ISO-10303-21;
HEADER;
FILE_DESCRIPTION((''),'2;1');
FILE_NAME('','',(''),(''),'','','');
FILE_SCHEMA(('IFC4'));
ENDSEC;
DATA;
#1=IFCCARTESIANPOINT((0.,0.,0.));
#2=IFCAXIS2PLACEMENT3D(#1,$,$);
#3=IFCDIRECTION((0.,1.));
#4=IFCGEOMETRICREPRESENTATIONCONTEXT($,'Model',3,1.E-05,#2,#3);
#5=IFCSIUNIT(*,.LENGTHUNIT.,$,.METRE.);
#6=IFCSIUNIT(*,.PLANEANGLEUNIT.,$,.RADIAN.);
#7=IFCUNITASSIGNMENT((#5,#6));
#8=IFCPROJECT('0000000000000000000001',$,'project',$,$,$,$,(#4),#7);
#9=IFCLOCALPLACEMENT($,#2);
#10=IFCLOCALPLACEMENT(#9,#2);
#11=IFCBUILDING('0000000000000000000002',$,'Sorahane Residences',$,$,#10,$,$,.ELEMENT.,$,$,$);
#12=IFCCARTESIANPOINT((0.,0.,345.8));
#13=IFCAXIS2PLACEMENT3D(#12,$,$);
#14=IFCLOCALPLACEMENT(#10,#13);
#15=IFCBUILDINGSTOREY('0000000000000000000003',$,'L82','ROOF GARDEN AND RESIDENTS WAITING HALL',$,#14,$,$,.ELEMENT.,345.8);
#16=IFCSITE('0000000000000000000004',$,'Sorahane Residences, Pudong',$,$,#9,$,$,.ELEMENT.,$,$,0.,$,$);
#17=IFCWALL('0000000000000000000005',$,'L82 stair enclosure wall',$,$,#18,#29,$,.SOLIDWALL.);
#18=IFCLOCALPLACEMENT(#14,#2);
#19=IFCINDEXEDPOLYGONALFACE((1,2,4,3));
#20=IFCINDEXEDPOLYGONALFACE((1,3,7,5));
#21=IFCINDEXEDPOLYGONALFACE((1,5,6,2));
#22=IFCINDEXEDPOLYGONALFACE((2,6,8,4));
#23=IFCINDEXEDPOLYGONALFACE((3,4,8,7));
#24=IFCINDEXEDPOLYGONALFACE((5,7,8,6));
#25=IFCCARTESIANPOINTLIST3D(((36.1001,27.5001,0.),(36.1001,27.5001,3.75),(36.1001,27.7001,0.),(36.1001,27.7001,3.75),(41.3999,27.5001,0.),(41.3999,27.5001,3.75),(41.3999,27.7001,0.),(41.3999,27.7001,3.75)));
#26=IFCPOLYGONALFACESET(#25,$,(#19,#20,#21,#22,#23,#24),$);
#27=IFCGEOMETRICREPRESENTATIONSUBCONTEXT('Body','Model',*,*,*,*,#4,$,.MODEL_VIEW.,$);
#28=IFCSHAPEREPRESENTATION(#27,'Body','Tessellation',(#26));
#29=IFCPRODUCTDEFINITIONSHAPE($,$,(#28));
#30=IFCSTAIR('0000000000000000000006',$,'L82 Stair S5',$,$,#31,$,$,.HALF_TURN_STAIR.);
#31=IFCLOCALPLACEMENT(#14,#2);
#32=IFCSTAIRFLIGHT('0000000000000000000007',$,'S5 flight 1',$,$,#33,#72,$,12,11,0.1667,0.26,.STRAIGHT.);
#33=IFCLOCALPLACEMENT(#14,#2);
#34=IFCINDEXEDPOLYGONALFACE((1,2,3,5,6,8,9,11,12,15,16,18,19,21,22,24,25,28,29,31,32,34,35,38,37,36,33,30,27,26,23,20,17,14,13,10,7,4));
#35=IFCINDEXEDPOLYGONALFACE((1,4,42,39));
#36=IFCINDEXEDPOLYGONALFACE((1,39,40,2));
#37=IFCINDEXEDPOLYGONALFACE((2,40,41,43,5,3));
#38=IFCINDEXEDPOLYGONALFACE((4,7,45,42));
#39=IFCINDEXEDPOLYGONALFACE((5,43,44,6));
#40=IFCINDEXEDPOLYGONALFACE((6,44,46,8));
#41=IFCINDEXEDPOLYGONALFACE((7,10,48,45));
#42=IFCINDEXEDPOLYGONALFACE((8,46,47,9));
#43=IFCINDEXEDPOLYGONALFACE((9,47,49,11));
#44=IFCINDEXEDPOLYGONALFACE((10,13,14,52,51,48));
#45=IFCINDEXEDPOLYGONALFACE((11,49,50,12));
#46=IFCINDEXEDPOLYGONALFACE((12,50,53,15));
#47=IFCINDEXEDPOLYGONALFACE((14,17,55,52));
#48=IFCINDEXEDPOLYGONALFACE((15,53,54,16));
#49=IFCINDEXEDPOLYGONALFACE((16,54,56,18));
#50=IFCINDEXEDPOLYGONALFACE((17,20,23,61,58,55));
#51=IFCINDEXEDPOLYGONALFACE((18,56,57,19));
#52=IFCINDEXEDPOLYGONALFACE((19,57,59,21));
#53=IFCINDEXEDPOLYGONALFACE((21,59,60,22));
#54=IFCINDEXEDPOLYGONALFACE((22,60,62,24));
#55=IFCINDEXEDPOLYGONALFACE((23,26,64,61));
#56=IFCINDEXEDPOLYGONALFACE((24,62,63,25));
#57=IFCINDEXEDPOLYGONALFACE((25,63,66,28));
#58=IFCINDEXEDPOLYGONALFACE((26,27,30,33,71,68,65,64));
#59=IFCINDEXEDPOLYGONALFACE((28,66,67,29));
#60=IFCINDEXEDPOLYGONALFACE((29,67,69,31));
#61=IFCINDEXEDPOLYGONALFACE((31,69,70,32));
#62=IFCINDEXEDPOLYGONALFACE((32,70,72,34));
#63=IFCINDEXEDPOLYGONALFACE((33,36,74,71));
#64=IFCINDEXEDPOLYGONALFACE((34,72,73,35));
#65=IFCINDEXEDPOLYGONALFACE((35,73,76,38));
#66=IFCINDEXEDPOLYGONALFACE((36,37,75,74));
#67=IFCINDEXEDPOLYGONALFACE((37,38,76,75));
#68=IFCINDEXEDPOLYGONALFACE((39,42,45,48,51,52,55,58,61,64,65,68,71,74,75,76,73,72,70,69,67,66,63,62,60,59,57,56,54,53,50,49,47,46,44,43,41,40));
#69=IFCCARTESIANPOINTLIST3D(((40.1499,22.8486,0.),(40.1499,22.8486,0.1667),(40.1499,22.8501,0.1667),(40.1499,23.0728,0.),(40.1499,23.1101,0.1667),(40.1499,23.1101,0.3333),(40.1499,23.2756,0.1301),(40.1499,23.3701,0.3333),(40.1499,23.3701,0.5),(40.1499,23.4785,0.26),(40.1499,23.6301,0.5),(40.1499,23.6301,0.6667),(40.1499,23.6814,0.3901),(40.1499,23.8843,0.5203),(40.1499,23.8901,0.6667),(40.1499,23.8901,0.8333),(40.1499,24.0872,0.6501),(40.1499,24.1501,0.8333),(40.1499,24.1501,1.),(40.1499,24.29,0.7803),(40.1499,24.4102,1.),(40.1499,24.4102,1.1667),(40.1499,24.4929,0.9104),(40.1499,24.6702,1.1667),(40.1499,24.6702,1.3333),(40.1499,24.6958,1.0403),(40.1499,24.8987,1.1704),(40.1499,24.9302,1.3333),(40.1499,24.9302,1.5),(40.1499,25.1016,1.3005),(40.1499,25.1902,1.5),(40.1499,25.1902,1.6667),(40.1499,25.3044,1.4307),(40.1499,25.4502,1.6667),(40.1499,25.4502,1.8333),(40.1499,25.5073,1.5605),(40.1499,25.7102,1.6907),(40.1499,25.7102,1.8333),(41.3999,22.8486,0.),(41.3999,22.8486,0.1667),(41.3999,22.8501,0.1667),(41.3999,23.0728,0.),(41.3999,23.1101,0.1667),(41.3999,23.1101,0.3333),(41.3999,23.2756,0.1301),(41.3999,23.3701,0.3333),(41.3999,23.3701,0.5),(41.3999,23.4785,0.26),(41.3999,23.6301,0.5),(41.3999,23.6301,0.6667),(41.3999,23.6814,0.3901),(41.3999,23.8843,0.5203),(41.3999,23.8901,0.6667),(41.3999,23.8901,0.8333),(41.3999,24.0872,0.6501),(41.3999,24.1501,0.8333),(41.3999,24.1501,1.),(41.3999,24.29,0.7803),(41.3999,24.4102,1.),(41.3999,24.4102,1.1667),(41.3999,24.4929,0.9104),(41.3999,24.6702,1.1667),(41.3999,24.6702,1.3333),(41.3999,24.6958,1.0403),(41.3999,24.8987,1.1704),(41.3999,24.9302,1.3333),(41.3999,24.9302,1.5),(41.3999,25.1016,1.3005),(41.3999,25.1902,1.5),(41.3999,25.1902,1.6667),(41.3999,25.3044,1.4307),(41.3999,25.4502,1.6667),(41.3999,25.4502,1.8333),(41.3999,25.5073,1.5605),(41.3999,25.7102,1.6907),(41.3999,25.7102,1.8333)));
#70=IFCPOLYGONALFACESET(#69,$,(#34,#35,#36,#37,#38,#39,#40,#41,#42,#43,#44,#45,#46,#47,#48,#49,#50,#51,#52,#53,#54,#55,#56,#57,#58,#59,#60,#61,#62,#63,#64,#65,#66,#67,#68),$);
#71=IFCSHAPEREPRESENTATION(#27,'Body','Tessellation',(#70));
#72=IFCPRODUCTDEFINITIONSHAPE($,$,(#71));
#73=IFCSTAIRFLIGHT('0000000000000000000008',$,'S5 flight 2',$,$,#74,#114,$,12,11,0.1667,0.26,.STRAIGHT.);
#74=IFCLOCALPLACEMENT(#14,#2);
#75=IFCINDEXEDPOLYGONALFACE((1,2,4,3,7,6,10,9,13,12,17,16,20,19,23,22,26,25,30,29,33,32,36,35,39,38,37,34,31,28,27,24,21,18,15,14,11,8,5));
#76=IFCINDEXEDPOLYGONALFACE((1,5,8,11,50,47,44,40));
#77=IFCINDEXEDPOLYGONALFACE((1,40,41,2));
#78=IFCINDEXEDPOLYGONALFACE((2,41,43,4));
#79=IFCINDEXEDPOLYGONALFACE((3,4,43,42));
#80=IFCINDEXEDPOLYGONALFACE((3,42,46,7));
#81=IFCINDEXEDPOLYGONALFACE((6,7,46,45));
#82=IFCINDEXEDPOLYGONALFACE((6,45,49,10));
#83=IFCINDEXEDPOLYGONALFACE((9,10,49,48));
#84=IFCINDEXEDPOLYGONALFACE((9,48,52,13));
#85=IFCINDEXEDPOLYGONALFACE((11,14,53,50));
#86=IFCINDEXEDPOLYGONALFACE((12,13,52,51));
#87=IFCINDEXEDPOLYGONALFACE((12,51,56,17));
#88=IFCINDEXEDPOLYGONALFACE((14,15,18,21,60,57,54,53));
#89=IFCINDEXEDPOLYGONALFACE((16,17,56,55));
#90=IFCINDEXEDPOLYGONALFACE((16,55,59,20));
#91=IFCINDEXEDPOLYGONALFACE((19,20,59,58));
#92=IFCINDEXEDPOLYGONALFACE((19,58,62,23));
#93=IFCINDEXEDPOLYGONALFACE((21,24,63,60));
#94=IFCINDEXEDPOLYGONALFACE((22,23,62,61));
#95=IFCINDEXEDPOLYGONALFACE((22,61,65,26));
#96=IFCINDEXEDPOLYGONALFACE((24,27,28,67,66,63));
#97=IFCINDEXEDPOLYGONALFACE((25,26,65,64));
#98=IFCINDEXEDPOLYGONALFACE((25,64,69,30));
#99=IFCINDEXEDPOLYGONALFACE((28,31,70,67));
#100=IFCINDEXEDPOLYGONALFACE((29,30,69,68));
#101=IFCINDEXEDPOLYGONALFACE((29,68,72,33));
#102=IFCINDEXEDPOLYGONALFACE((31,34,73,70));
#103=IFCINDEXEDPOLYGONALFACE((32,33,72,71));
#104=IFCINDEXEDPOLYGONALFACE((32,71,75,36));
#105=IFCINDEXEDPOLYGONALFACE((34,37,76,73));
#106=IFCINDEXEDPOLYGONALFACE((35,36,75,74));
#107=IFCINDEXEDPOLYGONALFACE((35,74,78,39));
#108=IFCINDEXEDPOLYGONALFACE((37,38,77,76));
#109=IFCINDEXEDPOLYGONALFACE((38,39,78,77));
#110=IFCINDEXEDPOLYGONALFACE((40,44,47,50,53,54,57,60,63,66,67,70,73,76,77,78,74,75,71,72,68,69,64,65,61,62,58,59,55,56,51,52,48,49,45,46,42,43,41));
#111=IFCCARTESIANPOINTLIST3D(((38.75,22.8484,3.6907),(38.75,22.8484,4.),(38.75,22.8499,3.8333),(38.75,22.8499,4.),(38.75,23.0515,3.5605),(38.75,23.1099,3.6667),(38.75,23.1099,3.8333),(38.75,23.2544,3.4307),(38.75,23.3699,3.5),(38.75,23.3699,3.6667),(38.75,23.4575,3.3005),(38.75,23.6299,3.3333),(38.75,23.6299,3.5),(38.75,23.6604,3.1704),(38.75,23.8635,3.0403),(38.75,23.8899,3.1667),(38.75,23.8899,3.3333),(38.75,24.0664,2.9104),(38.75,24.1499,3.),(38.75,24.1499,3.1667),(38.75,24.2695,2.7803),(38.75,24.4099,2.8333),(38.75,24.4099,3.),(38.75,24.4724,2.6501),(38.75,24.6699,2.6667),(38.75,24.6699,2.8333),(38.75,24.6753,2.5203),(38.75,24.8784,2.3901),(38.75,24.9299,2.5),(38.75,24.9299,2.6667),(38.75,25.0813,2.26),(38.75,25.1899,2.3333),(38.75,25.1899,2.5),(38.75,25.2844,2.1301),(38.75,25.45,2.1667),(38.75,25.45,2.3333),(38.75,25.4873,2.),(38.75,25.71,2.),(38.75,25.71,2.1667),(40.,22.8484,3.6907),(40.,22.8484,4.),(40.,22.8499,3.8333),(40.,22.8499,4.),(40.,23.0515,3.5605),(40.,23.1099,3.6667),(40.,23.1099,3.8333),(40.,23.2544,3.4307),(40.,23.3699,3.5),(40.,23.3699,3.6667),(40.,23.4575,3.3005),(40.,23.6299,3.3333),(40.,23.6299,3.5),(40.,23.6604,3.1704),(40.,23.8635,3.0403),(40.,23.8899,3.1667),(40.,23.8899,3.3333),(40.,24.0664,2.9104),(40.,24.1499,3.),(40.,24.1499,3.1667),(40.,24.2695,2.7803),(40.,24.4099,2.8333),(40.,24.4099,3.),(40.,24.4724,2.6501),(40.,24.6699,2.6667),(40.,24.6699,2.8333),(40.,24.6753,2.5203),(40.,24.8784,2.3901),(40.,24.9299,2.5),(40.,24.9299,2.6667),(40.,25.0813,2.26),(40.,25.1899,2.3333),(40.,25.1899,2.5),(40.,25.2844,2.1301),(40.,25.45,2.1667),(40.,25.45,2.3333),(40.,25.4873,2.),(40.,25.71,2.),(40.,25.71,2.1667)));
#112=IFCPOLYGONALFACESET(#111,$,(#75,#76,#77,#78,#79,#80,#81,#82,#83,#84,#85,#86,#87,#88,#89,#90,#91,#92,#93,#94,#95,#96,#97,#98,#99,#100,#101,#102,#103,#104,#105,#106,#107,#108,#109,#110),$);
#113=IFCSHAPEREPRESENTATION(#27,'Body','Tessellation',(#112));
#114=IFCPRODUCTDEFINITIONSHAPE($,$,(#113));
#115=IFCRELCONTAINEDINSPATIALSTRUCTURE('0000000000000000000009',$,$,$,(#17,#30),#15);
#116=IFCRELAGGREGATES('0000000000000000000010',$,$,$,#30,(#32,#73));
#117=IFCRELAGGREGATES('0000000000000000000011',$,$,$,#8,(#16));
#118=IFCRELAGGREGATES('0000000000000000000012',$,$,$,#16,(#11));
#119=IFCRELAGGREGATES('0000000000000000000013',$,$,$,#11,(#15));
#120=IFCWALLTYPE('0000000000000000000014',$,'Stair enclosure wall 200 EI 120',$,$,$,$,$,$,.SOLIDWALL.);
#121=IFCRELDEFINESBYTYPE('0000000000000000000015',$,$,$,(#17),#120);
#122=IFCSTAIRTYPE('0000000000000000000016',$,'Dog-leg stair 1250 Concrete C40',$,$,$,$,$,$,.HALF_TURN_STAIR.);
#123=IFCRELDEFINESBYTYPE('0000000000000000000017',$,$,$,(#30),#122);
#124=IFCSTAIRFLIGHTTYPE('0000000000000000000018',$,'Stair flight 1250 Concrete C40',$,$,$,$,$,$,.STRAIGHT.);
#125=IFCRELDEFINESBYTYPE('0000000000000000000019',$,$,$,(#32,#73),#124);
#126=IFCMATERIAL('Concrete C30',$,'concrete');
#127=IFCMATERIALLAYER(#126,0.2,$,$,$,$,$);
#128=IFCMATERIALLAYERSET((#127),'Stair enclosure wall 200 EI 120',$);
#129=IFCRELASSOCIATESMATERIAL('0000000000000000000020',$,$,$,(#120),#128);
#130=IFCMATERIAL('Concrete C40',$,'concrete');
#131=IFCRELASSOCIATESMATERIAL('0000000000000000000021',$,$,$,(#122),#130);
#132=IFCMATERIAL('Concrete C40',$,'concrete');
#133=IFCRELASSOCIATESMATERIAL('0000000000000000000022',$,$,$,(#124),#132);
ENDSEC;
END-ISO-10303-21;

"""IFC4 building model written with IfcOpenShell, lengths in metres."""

from ifc_helpers import new_model, si_unit, direction, frame, frame_2d, origin, place, context, subcontext, project, spatial, polyline, rectangle, outline, extrude, material, layer, layer_set, type_object, element, aggregate, save


model = new_model("IFC4")

# Units and contexts
model_context = context("Model", 3, precision=1e-05, world=origin(), true_north=direction((0.0, 1.0)))
body_context = subcontext(model_context, "Body", "Model", "MODEL_VIEW")
ifc_project = project(units=[si_unit("LENGTHUNIT", "METRE"), si_unit("PLANEANGLEUNIT", "RADIAN")], contexts=[model_context])

# Site, building, storey
site_placement = place(None, origin())
site = spatial("IfcSite", under=ifc_project, at=site_placement, Name="Sorahane Residences, Pudong", CompositionType="ELEMENT", RefElevation=0.0)
building_placement = place(site_placement, origin())
building = spatial("IfcBuilding", under=site, at=building_placement, Name="Sorahane Residences", CompositionType="ELEMENT")
storey_placement = place(building_placement, frame((0.0, 0.0, 345.8)))
storey = spatial("IfcBuildingStorey", under=building, at=storey_placement, Name="L82", Description="ROOF GARDEN AND RESIDENTS WAITING HALL", CompositionType="ELEMENT", Elevation=345.8)

# Wall
ifc_material_1 = material(Name="Concrete C30", Category="concrete")
ifc_layer_1 = layer(ifc_material_1, 0.2)
ifc_layer_set_1 = layer_set([ifc_layer_1], Name="Stair enclosure wall 200 EI 120")
wall_type = type_object("IfcWallType", Name="Stair enclosure wall 200 EI 120", PredefinedType="SOLIDWALL", material=ifc_layer_set_1)
wall_placement = place(storey_placement, frame((36.1001, 27.6001, 0.0), z_axis=(0.0, 0.0, 1.0), x_axis=(1.0, 0.0, 0.0)))
element("IfcWall", 1, at=wall_placement, inside=storey, type_object=wall_type, Name="L82 stair enclosure wall", PredefinedType="SOLIDWALL", context=body_context, shape_type="SweptSolid", body=[
    extrude(rectangle(XDim=5.2998, YDim=0.2, at=frame_2d((2.6499, 0.0))), origin(), (0.0, 0.0, 1.0), 3.75),
])

# Stair, stair flights
ifc_material_2 = material(Name="Concrete C40", Category="concrete")
stair_type = type_object("IfcStairType", Name="Dog-leg stair 1250 Concrete C40", PredefinedType="HALF_TURN_STAIR", material=ifc_material_2)
stair_placement = place(storey_placement, origin())
stair = element("IfcStair", 2, at=stair_placement, inside=storey, type_object=stair_type, Name="L82 Stair S5", PredefinedType="HALF_TURN_STAIR")
ifc_material_3 = material(Name="Concrete C40", Category="concrete")
stair_flight_type = type_object("IfcStairFlightType", Name="Stair flight 1250 Concrete C40", PredefinedType="STRAIGHT", material=ifc_material_3)
stair_flight_1_placement = place(storey_placement, frame((40.7749, 22.8501, 0.0), z_axis=(0.0, 0.0, 1.0), x_axis=(0.0, 1.0, 0.0)))
stair_flight_1 = element("IfcStairFlight", 3, at=stair_flight_1_placement, type_object=stair_flight_type, Name="S5 flight 1", NumberOfRisers=12, NumberOfTreads=11, PredefinedType="STRAIGHT", RiserHeight=0.1667, TreadLength=0.26, context=body_context, shape_type="SweptSolid", body=[
    extrude(outline(polyline([(-0.0015, 0.0), (-0.0015, 0.1667), (0.0, 0.1667), (0.26, 0.1667), (0.26, 0.3333), (0.52, 0.3333), (0.52, 0.5), (0.78, 0.5), (0.78, 0.6667), (1.04, 0.6667), (1.04, 0.8333), (1.3, 0.8333), (1.3, 1.0), (1.5601, 1.0), (1.5601, 1.1667), (1.8201, 1.1667), (1.8201, 1.3333), (2.0801, 1.3333), (2.0801, 1.5), (2.3401, 1.5), (2.3401, 1.6667), (2.6001, 1.6667), (2.6001, 1.8333), (2.8601, 1.8333), (2.8601, 2.0), (2.8601, 1.6907), (2.6572, 1.5605), (2.4543, 1.4307), (2.2515, 1.3005), (2.0486, 1.1704), (1.8457, 1.0403), (1.6428, 0.9104), (1.4399, 0.7803), (1.2371, 0.6501), (1.0342, 0.5203), (0.8313, 0.3901), (0.6284, 0.26), (0.4255, 0.1301), (0.2227, 0.0), (-0.0015, 0.0)])), frame((0.0, 0.625, 0.0), z_axis=(0.0, -1.0, 0.0), x_axis=(1.0, 0.0, 0.0)), (0.0, 0.0, 1.0), 1.25),
])
stair_flight_2_placement = place(storey_placement, frame((39.375, 25.71, 2.0), z_axis=(0.0, 0.0, 1.0), x_axis=(0.0, -1.0, 0.0)))
stair_flight_2 = element("IfcStairFlight", 4, at=stair_flight_2_placement, type_object=stair_flight_type, Name="S5 flight 2", NumberOfRisers=12, NumberOfTreads=11, PredefinedType="STRAIGHT", RiserHeight=0.1667, TreadLength=0.26, context=body_context, shape_type="SweptSolid", body=[
    extrude(outline(polyline([(0.0, 0.0), (0.0, 0.1667), (0.26, 0.1667), (0.26, 0.3333), (0.52, 0.3333), (0.52, 0.5), (0.78, 0.5), (0.78, 0.6667), (1.04, 0.6667), (1.04, 0.8333), (1.3, 0.8333), (1.3, 1.0), (1.5601, 1.0), (1.5601, 1.1667), (1.8201, 1.1667), (1.8201, 1.3333), (2.0801, 1.3333), (2.0801, 1.5), (2.3401, 1.5), (2.3401, 1.6667), (2.6001, 1.6667), (2.6001, 1.8333), (2.8601, 1.8333), (2.8601, 2.0), (2.8616, 2.0), (2.8616, 1.6907), (2.6584, 1.5605), (2.4556, 1.4307), (2.2524, 1.3005), (2.0496, 1.1704), (1.8464, 1.0403), (1.6436, 0.9104), (1.4404, 0.7803), (1.2375, 0.6501), (1.0347, 0.5203), (0.8315, 0.3901), (0.6287, 0.26), (0.4255, 0.1301), (0.2227, 0.0), (0.0, 0.0)])), frame((0.0, 0.625, 0.0), z_axis=(0.0, -1.0, 0.0), x_axis=(1.0, 0.0, 0.0)), (0.0, 0.0, 1.0), 1.25),
])
aggregate(stair, [stair_flight_1, stair_flight_2])

save(model, "model.ifc")
